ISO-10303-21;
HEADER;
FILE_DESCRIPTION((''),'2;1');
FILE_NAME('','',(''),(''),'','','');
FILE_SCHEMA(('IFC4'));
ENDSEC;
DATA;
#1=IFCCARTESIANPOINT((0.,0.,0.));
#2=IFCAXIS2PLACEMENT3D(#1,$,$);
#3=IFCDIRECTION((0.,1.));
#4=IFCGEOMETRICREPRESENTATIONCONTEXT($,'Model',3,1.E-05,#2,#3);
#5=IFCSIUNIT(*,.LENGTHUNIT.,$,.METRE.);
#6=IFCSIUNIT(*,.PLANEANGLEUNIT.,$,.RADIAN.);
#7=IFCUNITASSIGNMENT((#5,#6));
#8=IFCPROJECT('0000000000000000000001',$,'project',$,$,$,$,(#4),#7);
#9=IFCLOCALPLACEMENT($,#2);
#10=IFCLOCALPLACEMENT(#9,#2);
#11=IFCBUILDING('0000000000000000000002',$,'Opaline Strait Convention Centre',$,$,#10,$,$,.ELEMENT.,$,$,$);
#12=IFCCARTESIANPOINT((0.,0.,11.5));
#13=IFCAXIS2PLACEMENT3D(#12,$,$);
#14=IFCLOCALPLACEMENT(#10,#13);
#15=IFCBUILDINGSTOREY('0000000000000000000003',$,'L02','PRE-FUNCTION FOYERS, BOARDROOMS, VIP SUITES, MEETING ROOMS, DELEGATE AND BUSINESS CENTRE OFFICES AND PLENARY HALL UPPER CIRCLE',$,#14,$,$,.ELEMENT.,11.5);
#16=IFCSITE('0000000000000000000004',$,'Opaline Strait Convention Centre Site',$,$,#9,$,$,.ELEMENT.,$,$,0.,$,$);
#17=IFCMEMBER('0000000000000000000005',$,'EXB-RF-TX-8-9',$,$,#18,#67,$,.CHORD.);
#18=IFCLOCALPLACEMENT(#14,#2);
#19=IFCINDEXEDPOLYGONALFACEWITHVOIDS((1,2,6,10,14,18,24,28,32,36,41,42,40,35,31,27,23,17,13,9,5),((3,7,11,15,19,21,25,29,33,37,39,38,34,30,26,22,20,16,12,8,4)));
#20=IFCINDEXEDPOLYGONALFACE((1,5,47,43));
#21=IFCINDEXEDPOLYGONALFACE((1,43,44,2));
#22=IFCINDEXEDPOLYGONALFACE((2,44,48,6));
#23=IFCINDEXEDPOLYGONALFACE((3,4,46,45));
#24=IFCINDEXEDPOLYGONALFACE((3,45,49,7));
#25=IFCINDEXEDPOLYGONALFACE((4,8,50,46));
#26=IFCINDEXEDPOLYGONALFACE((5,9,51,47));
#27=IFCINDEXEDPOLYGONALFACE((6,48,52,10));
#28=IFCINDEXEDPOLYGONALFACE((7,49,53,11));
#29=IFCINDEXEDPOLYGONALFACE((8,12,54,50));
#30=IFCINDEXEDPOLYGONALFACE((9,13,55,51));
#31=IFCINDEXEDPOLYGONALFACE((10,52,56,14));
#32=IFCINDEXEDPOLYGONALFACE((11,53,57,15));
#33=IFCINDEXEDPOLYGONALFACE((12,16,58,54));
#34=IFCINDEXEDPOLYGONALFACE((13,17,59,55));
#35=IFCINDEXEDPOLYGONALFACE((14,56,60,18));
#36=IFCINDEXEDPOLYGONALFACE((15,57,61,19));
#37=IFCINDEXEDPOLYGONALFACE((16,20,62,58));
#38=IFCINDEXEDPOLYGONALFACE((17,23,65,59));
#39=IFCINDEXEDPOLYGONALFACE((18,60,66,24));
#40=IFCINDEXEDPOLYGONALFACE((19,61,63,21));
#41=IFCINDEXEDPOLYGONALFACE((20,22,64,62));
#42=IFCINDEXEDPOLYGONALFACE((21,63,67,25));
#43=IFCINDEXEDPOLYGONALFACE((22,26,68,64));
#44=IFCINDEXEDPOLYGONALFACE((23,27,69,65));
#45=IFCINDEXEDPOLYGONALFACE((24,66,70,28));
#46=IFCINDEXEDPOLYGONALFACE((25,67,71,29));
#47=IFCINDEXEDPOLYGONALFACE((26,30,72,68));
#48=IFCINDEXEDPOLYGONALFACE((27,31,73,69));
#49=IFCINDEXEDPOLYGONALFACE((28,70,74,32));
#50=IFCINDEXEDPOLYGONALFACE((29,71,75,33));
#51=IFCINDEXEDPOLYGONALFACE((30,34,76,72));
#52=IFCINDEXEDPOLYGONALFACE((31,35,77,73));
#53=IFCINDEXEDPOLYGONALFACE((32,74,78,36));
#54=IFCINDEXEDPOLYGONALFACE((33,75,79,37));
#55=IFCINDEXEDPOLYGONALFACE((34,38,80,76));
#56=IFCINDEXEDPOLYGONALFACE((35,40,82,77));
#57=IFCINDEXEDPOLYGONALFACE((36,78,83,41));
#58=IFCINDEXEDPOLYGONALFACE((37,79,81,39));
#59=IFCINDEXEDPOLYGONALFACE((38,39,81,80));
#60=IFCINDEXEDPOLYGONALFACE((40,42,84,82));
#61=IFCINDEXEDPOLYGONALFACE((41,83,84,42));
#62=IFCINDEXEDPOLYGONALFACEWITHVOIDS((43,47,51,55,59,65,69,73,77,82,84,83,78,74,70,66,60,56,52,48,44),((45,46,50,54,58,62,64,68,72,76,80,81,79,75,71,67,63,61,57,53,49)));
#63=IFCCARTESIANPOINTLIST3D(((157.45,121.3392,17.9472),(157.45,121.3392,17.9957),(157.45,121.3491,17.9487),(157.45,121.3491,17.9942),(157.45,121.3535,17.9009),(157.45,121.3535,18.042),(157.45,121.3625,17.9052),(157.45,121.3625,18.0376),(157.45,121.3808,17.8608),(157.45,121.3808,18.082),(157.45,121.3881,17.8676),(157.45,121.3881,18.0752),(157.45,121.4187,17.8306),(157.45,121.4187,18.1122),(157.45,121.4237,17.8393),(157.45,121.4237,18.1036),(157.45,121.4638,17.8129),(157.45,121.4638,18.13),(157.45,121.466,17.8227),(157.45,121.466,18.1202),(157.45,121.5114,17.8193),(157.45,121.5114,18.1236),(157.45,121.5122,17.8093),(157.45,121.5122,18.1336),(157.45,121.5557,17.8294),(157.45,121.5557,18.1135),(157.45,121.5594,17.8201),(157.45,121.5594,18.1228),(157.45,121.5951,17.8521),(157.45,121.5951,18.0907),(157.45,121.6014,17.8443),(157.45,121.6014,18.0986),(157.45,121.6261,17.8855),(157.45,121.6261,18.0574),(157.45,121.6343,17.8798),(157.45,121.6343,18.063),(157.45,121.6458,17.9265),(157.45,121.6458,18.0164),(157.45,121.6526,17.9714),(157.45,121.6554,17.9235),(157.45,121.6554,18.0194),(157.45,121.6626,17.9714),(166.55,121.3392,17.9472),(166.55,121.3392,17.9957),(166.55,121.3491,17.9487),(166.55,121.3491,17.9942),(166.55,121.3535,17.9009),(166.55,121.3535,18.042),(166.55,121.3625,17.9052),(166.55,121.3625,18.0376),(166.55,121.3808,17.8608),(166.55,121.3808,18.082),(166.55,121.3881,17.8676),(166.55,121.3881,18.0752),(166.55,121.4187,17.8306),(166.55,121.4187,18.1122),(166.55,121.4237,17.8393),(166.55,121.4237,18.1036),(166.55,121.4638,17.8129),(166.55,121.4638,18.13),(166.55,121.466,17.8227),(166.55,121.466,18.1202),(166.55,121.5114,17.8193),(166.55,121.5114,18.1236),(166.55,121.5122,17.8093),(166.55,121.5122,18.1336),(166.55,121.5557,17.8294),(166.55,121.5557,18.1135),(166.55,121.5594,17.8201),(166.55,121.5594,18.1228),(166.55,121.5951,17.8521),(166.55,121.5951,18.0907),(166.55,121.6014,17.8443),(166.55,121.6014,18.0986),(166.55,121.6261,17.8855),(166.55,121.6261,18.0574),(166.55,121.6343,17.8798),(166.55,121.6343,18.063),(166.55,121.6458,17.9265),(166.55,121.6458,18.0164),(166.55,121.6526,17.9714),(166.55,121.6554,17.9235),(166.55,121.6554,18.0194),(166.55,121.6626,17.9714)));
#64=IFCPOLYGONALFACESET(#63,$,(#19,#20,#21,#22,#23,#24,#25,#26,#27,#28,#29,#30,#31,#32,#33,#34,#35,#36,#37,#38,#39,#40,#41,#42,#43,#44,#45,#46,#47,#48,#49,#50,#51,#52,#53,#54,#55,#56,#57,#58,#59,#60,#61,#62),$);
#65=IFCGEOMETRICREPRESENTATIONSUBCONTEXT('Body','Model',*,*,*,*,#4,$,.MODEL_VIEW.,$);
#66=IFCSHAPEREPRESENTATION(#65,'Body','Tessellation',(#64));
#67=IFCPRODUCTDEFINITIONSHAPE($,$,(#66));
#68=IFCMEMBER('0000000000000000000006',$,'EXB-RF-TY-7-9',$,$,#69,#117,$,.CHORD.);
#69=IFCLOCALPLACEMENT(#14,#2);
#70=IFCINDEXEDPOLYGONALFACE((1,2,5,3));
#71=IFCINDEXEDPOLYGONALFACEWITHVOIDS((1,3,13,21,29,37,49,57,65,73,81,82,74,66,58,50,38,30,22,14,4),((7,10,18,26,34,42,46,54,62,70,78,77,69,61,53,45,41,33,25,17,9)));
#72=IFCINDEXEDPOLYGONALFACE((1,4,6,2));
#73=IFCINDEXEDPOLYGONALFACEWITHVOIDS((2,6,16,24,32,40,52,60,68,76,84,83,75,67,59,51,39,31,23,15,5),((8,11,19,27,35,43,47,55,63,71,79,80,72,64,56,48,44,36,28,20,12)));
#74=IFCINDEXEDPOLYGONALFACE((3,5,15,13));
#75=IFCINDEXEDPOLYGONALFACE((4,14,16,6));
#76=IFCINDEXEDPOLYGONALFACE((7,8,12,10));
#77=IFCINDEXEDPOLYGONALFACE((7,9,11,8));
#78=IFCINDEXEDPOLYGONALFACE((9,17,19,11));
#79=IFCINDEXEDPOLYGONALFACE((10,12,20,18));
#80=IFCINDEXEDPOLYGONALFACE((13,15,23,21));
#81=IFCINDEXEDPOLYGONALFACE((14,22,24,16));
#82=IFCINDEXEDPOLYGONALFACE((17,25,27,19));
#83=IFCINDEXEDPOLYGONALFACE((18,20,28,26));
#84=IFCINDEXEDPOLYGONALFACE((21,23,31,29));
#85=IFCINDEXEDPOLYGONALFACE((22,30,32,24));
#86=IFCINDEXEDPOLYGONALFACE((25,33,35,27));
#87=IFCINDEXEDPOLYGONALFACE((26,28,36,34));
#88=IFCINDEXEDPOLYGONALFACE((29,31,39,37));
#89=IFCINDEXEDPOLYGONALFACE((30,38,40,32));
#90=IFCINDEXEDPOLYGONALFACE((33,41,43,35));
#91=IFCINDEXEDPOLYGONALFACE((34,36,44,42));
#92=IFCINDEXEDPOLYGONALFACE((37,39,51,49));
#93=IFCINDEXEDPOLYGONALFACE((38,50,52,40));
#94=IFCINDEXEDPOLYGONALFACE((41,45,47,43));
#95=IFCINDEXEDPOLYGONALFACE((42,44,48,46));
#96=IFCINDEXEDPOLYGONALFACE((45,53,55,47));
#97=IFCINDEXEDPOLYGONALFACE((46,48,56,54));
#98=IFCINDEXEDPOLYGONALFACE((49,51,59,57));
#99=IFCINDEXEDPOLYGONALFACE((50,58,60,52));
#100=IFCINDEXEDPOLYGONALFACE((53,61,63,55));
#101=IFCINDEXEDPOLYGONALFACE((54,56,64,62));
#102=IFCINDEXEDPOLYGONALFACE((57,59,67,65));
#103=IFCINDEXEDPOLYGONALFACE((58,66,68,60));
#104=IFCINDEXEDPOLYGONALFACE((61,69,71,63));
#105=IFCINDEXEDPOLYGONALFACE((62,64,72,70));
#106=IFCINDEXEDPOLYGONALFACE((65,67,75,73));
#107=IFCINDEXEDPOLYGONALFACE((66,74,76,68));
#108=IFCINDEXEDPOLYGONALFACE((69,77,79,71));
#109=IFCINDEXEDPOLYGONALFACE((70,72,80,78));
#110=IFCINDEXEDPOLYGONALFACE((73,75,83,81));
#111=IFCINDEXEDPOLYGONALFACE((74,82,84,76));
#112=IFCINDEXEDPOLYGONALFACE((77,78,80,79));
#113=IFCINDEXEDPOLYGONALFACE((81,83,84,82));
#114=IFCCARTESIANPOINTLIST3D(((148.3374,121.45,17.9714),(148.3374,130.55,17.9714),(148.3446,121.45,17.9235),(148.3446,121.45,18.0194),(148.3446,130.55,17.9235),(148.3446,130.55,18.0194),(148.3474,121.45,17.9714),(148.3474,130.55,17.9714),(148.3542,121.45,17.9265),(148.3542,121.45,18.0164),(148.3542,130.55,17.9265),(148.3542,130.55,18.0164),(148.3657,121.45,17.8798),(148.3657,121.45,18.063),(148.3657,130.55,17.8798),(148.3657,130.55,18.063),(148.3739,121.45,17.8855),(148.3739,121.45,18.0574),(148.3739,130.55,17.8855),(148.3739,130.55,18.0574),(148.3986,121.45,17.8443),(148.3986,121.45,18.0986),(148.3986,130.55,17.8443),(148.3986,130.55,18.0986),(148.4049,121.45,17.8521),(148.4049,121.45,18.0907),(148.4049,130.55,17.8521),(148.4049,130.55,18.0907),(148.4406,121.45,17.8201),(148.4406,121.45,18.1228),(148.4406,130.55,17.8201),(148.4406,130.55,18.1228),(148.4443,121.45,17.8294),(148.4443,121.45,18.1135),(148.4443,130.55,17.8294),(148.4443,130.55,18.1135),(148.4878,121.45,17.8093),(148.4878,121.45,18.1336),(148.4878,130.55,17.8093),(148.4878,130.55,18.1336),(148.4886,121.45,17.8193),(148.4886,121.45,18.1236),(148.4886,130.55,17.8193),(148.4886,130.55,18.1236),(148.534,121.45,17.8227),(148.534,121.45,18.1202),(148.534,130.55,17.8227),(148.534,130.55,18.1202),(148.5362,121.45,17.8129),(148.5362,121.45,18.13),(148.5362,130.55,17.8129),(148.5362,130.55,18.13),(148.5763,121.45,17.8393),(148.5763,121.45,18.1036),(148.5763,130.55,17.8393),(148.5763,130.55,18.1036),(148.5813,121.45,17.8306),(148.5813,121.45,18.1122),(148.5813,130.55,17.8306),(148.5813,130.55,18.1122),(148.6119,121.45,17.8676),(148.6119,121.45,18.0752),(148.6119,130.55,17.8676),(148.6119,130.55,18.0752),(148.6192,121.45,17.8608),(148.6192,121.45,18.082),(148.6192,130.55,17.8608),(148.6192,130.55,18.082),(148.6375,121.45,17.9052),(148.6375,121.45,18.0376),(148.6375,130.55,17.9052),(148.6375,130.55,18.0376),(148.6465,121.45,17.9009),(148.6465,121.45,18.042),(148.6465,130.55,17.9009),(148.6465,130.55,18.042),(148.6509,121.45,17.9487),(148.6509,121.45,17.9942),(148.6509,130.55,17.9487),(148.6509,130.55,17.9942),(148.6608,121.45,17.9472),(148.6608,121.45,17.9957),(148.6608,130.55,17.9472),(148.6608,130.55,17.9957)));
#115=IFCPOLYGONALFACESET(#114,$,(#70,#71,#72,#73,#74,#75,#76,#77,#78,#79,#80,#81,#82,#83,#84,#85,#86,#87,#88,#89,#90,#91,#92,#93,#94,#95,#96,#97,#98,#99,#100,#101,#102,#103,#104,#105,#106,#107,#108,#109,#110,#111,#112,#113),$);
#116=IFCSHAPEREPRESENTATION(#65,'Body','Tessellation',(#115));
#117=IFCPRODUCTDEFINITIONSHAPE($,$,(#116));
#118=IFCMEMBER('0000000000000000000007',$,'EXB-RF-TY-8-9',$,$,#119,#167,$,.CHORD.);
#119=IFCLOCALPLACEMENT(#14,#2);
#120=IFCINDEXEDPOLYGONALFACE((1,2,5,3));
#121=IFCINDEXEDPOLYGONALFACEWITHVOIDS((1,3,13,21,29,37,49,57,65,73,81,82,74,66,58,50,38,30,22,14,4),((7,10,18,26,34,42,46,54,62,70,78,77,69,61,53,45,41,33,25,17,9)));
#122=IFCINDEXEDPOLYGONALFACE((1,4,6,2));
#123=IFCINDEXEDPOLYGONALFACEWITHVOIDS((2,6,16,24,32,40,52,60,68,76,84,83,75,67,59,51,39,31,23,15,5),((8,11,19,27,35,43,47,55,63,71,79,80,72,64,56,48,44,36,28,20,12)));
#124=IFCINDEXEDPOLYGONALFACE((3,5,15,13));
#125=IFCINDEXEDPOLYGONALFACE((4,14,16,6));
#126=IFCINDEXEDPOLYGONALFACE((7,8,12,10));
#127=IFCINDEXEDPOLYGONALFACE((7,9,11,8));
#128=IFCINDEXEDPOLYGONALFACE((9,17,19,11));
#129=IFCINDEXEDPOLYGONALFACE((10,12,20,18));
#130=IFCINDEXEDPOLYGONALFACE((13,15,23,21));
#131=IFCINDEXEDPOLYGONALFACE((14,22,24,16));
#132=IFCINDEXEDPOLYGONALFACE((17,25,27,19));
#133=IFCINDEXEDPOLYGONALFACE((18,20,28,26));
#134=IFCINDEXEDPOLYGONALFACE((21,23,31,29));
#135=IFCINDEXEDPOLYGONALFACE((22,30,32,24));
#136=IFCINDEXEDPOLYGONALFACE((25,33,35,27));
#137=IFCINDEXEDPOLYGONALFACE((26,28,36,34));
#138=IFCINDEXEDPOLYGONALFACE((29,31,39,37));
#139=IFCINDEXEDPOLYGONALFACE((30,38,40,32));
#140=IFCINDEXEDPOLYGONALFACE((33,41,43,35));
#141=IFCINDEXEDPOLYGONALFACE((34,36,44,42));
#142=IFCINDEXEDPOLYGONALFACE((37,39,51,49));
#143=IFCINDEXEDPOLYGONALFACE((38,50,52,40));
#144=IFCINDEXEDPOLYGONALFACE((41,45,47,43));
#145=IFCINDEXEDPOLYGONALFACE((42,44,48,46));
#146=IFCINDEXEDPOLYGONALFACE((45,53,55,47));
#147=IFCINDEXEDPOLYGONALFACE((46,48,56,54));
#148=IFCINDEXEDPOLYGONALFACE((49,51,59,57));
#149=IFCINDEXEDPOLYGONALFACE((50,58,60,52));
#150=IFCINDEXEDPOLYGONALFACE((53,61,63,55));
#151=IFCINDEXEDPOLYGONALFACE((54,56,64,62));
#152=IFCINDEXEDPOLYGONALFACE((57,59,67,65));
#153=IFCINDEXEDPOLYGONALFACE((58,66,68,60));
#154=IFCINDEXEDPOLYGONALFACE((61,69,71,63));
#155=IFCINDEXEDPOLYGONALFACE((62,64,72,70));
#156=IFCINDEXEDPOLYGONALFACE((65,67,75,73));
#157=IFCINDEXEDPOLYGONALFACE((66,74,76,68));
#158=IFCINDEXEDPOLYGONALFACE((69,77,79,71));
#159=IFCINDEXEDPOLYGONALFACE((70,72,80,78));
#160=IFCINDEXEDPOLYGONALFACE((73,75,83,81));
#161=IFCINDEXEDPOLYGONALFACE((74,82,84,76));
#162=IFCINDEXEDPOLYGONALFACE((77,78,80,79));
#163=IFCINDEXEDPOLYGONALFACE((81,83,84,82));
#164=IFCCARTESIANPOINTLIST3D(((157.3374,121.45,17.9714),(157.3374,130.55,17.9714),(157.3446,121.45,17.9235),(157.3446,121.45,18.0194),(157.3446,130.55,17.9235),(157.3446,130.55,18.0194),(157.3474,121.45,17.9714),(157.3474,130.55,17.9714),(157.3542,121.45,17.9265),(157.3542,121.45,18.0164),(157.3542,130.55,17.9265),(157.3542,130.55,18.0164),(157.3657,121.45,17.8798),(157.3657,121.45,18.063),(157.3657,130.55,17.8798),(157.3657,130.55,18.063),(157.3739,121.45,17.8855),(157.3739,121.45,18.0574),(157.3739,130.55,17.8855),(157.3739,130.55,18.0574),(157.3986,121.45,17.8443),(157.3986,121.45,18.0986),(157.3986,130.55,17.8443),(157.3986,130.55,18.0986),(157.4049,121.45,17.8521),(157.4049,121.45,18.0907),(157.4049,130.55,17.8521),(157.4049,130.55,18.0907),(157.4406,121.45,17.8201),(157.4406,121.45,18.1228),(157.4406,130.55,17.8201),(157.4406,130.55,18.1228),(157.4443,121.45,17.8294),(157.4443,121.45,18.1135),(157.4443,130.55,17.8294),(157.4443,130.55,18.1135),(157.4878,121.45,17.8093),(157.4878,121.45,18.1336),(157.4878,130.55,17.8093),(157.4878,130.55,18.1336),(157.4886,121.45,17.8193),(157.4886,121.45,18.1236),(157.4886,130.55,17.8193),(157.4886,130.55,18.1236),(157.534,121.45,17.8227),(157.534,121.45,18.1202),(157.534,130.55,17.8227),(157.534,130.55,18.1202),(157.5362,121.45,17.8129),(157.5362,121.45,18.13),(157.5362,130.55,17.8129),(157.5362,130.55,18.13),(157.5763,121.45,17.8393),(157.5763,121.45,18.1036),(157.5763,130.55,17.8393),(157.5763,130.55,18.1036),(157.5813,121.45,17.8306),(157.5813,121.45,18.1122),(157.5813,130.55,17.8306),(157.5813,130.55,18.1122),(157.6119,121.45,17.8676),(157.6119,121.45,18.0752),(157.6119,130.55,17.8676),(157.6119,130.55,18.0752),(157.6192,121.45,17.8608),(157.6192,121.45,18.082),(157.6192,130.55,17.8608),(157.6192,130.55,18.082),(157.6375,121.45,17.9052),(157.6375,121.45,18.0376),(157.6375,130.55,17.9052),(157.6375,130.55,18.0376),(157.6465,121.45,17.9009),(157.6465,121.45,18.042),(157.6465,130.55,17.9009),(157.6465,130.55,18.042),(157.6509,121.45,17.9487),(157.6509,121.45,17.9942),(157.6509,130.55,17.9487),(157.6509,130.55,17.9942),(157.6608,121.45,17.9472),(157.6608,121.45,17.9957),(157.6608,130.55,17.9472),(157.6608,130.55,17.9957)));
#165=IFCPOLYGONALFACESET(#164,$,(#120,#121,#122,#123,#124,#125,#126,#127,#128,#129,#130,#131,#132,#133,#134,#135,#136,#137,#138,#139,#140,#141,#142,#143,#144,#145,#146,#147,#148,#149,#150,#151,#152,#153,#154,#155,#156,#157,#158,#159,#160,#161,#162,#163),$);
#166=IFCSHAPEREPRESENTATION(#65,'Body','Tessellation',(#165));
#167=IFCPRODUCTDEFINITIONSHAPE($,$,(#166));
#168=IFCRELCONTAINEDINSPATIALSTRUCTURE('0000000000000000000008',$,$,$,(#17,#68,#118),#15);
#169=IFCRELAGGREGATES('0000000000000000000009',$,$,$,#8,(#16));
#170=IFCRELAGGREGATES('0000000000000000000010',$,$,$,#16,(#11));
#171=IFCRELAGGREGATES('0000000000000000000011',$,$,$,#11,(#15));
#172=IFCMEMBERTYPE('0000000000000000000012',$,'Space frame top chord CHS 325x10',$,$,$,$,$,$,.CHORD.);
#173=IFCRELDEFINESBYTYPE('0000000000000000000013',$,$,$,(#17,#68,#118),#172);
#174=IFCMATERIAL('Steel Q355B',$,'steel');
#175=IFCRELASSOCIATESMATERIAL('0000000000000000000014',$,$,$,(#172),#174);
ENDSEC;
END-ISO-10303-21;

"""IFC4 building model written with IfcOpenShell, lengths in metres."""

from ifc_helpers import new_model, si_unit, direction, frame, origin, origin_2d, place, context, subcontext, project, spatial, hollow_circle, extrude, material, material_profile, profile_set, type_object, element, save


model = new_model("IFC4")

# Units and contexts
model_context = context("Model", 3, precision=1e-05, world=origin(), true_north=direction((0.0, 1.0)))
body_context = subcontext(model_context, "Body", "Model", "MODEL_VIEW")
ifc_project = project(units=[si_unit("LENGTHUNIT", "METRE"), si_unit("PLANEANGLEUNIT", "RADIAN")], contexts=[model_context])

# Site, building, storey
site_placement = place(None, origin())
site = spatial("IfcSite", under=ifc_project, at=site_placement, Name="Opaline Strait Convention Centre Site", CompositionType="ELEMENT", RefElevation=0.0)
building_placement = place(site_placement, origin())
building = spatial("IfcBuilding", under=site, at=building_placement, Name="Opaline Strait Convention Centre", CompositionType="ELEMENT")
storey_placement = place(building_placement, frame((0.0, 0.0, 11.5)))
storey = spatial("IfcBuildingStorey", under=building, at=storey_placement, Name="L02", Description="PRE-FUNCTION FOYERS, BOARDROOMS, VIP SUITES, MEETING ROOMS, DELEGATE AND BUSINESS CENTRE OFFICES AND PLENARY HALL UPPER CIRCLE", CompositionType="ELEMENT", Elevation=11.5)

# Members
ifc_material_1 = material(Name="Steel Q355B", Category="steel")
ifc_material_profile_1 = material_profile(ifc_material_1, hollow_circle(Radius=0.1626, WallThickness=0.01, at=origin_2d()), Name="CHS 325x10")
ifc_profile_set_1 = profile_set([ifc_material_profile_1], Name="Steel Q355B")
member_type_1 = type_object("IfcMemberType", Name="Space frame top chord CHS 325x10", PredefinedType="CHORD", material=ifc_profile_set_1)
for number, where, z_axis, x_axis, name in (
    (1, (157.45, 121.5, 17.9714), (1.0, 0.0, 0.0), (0.0, 1.0, 0.0), "EXB-RF-TX-8-9"),
    (2, (148.5, 121.45, 17.9714), (0.0, 1.0, 0.0), (-1.0, 0.0, 0.0), "EXB-RF-TY-7-9"),
    (3, (157.5, 121.45, 17.9714), (0.0, 1.0, 0.0), (-1.0, 0.0, 0.0), "EXB-RF-TY-8-9"),
):
    element("IfcMember", number, at=place(storey_placement, frame(where, z_axis=z_axis, x_axis=x_axis)), inside=storey, type_object=member_type_1, Name=name, PredefinedType="CHORD", context=body_context, shape_type="SweptSolid", body=[
        extrude(hollow_circle(Radius=0.1626, WallThickness=0.01, at=origin_2d()), origin(), (0.0, 0.0, 1.0), 9.1001),
    ])

save(model, "model.ifc")
